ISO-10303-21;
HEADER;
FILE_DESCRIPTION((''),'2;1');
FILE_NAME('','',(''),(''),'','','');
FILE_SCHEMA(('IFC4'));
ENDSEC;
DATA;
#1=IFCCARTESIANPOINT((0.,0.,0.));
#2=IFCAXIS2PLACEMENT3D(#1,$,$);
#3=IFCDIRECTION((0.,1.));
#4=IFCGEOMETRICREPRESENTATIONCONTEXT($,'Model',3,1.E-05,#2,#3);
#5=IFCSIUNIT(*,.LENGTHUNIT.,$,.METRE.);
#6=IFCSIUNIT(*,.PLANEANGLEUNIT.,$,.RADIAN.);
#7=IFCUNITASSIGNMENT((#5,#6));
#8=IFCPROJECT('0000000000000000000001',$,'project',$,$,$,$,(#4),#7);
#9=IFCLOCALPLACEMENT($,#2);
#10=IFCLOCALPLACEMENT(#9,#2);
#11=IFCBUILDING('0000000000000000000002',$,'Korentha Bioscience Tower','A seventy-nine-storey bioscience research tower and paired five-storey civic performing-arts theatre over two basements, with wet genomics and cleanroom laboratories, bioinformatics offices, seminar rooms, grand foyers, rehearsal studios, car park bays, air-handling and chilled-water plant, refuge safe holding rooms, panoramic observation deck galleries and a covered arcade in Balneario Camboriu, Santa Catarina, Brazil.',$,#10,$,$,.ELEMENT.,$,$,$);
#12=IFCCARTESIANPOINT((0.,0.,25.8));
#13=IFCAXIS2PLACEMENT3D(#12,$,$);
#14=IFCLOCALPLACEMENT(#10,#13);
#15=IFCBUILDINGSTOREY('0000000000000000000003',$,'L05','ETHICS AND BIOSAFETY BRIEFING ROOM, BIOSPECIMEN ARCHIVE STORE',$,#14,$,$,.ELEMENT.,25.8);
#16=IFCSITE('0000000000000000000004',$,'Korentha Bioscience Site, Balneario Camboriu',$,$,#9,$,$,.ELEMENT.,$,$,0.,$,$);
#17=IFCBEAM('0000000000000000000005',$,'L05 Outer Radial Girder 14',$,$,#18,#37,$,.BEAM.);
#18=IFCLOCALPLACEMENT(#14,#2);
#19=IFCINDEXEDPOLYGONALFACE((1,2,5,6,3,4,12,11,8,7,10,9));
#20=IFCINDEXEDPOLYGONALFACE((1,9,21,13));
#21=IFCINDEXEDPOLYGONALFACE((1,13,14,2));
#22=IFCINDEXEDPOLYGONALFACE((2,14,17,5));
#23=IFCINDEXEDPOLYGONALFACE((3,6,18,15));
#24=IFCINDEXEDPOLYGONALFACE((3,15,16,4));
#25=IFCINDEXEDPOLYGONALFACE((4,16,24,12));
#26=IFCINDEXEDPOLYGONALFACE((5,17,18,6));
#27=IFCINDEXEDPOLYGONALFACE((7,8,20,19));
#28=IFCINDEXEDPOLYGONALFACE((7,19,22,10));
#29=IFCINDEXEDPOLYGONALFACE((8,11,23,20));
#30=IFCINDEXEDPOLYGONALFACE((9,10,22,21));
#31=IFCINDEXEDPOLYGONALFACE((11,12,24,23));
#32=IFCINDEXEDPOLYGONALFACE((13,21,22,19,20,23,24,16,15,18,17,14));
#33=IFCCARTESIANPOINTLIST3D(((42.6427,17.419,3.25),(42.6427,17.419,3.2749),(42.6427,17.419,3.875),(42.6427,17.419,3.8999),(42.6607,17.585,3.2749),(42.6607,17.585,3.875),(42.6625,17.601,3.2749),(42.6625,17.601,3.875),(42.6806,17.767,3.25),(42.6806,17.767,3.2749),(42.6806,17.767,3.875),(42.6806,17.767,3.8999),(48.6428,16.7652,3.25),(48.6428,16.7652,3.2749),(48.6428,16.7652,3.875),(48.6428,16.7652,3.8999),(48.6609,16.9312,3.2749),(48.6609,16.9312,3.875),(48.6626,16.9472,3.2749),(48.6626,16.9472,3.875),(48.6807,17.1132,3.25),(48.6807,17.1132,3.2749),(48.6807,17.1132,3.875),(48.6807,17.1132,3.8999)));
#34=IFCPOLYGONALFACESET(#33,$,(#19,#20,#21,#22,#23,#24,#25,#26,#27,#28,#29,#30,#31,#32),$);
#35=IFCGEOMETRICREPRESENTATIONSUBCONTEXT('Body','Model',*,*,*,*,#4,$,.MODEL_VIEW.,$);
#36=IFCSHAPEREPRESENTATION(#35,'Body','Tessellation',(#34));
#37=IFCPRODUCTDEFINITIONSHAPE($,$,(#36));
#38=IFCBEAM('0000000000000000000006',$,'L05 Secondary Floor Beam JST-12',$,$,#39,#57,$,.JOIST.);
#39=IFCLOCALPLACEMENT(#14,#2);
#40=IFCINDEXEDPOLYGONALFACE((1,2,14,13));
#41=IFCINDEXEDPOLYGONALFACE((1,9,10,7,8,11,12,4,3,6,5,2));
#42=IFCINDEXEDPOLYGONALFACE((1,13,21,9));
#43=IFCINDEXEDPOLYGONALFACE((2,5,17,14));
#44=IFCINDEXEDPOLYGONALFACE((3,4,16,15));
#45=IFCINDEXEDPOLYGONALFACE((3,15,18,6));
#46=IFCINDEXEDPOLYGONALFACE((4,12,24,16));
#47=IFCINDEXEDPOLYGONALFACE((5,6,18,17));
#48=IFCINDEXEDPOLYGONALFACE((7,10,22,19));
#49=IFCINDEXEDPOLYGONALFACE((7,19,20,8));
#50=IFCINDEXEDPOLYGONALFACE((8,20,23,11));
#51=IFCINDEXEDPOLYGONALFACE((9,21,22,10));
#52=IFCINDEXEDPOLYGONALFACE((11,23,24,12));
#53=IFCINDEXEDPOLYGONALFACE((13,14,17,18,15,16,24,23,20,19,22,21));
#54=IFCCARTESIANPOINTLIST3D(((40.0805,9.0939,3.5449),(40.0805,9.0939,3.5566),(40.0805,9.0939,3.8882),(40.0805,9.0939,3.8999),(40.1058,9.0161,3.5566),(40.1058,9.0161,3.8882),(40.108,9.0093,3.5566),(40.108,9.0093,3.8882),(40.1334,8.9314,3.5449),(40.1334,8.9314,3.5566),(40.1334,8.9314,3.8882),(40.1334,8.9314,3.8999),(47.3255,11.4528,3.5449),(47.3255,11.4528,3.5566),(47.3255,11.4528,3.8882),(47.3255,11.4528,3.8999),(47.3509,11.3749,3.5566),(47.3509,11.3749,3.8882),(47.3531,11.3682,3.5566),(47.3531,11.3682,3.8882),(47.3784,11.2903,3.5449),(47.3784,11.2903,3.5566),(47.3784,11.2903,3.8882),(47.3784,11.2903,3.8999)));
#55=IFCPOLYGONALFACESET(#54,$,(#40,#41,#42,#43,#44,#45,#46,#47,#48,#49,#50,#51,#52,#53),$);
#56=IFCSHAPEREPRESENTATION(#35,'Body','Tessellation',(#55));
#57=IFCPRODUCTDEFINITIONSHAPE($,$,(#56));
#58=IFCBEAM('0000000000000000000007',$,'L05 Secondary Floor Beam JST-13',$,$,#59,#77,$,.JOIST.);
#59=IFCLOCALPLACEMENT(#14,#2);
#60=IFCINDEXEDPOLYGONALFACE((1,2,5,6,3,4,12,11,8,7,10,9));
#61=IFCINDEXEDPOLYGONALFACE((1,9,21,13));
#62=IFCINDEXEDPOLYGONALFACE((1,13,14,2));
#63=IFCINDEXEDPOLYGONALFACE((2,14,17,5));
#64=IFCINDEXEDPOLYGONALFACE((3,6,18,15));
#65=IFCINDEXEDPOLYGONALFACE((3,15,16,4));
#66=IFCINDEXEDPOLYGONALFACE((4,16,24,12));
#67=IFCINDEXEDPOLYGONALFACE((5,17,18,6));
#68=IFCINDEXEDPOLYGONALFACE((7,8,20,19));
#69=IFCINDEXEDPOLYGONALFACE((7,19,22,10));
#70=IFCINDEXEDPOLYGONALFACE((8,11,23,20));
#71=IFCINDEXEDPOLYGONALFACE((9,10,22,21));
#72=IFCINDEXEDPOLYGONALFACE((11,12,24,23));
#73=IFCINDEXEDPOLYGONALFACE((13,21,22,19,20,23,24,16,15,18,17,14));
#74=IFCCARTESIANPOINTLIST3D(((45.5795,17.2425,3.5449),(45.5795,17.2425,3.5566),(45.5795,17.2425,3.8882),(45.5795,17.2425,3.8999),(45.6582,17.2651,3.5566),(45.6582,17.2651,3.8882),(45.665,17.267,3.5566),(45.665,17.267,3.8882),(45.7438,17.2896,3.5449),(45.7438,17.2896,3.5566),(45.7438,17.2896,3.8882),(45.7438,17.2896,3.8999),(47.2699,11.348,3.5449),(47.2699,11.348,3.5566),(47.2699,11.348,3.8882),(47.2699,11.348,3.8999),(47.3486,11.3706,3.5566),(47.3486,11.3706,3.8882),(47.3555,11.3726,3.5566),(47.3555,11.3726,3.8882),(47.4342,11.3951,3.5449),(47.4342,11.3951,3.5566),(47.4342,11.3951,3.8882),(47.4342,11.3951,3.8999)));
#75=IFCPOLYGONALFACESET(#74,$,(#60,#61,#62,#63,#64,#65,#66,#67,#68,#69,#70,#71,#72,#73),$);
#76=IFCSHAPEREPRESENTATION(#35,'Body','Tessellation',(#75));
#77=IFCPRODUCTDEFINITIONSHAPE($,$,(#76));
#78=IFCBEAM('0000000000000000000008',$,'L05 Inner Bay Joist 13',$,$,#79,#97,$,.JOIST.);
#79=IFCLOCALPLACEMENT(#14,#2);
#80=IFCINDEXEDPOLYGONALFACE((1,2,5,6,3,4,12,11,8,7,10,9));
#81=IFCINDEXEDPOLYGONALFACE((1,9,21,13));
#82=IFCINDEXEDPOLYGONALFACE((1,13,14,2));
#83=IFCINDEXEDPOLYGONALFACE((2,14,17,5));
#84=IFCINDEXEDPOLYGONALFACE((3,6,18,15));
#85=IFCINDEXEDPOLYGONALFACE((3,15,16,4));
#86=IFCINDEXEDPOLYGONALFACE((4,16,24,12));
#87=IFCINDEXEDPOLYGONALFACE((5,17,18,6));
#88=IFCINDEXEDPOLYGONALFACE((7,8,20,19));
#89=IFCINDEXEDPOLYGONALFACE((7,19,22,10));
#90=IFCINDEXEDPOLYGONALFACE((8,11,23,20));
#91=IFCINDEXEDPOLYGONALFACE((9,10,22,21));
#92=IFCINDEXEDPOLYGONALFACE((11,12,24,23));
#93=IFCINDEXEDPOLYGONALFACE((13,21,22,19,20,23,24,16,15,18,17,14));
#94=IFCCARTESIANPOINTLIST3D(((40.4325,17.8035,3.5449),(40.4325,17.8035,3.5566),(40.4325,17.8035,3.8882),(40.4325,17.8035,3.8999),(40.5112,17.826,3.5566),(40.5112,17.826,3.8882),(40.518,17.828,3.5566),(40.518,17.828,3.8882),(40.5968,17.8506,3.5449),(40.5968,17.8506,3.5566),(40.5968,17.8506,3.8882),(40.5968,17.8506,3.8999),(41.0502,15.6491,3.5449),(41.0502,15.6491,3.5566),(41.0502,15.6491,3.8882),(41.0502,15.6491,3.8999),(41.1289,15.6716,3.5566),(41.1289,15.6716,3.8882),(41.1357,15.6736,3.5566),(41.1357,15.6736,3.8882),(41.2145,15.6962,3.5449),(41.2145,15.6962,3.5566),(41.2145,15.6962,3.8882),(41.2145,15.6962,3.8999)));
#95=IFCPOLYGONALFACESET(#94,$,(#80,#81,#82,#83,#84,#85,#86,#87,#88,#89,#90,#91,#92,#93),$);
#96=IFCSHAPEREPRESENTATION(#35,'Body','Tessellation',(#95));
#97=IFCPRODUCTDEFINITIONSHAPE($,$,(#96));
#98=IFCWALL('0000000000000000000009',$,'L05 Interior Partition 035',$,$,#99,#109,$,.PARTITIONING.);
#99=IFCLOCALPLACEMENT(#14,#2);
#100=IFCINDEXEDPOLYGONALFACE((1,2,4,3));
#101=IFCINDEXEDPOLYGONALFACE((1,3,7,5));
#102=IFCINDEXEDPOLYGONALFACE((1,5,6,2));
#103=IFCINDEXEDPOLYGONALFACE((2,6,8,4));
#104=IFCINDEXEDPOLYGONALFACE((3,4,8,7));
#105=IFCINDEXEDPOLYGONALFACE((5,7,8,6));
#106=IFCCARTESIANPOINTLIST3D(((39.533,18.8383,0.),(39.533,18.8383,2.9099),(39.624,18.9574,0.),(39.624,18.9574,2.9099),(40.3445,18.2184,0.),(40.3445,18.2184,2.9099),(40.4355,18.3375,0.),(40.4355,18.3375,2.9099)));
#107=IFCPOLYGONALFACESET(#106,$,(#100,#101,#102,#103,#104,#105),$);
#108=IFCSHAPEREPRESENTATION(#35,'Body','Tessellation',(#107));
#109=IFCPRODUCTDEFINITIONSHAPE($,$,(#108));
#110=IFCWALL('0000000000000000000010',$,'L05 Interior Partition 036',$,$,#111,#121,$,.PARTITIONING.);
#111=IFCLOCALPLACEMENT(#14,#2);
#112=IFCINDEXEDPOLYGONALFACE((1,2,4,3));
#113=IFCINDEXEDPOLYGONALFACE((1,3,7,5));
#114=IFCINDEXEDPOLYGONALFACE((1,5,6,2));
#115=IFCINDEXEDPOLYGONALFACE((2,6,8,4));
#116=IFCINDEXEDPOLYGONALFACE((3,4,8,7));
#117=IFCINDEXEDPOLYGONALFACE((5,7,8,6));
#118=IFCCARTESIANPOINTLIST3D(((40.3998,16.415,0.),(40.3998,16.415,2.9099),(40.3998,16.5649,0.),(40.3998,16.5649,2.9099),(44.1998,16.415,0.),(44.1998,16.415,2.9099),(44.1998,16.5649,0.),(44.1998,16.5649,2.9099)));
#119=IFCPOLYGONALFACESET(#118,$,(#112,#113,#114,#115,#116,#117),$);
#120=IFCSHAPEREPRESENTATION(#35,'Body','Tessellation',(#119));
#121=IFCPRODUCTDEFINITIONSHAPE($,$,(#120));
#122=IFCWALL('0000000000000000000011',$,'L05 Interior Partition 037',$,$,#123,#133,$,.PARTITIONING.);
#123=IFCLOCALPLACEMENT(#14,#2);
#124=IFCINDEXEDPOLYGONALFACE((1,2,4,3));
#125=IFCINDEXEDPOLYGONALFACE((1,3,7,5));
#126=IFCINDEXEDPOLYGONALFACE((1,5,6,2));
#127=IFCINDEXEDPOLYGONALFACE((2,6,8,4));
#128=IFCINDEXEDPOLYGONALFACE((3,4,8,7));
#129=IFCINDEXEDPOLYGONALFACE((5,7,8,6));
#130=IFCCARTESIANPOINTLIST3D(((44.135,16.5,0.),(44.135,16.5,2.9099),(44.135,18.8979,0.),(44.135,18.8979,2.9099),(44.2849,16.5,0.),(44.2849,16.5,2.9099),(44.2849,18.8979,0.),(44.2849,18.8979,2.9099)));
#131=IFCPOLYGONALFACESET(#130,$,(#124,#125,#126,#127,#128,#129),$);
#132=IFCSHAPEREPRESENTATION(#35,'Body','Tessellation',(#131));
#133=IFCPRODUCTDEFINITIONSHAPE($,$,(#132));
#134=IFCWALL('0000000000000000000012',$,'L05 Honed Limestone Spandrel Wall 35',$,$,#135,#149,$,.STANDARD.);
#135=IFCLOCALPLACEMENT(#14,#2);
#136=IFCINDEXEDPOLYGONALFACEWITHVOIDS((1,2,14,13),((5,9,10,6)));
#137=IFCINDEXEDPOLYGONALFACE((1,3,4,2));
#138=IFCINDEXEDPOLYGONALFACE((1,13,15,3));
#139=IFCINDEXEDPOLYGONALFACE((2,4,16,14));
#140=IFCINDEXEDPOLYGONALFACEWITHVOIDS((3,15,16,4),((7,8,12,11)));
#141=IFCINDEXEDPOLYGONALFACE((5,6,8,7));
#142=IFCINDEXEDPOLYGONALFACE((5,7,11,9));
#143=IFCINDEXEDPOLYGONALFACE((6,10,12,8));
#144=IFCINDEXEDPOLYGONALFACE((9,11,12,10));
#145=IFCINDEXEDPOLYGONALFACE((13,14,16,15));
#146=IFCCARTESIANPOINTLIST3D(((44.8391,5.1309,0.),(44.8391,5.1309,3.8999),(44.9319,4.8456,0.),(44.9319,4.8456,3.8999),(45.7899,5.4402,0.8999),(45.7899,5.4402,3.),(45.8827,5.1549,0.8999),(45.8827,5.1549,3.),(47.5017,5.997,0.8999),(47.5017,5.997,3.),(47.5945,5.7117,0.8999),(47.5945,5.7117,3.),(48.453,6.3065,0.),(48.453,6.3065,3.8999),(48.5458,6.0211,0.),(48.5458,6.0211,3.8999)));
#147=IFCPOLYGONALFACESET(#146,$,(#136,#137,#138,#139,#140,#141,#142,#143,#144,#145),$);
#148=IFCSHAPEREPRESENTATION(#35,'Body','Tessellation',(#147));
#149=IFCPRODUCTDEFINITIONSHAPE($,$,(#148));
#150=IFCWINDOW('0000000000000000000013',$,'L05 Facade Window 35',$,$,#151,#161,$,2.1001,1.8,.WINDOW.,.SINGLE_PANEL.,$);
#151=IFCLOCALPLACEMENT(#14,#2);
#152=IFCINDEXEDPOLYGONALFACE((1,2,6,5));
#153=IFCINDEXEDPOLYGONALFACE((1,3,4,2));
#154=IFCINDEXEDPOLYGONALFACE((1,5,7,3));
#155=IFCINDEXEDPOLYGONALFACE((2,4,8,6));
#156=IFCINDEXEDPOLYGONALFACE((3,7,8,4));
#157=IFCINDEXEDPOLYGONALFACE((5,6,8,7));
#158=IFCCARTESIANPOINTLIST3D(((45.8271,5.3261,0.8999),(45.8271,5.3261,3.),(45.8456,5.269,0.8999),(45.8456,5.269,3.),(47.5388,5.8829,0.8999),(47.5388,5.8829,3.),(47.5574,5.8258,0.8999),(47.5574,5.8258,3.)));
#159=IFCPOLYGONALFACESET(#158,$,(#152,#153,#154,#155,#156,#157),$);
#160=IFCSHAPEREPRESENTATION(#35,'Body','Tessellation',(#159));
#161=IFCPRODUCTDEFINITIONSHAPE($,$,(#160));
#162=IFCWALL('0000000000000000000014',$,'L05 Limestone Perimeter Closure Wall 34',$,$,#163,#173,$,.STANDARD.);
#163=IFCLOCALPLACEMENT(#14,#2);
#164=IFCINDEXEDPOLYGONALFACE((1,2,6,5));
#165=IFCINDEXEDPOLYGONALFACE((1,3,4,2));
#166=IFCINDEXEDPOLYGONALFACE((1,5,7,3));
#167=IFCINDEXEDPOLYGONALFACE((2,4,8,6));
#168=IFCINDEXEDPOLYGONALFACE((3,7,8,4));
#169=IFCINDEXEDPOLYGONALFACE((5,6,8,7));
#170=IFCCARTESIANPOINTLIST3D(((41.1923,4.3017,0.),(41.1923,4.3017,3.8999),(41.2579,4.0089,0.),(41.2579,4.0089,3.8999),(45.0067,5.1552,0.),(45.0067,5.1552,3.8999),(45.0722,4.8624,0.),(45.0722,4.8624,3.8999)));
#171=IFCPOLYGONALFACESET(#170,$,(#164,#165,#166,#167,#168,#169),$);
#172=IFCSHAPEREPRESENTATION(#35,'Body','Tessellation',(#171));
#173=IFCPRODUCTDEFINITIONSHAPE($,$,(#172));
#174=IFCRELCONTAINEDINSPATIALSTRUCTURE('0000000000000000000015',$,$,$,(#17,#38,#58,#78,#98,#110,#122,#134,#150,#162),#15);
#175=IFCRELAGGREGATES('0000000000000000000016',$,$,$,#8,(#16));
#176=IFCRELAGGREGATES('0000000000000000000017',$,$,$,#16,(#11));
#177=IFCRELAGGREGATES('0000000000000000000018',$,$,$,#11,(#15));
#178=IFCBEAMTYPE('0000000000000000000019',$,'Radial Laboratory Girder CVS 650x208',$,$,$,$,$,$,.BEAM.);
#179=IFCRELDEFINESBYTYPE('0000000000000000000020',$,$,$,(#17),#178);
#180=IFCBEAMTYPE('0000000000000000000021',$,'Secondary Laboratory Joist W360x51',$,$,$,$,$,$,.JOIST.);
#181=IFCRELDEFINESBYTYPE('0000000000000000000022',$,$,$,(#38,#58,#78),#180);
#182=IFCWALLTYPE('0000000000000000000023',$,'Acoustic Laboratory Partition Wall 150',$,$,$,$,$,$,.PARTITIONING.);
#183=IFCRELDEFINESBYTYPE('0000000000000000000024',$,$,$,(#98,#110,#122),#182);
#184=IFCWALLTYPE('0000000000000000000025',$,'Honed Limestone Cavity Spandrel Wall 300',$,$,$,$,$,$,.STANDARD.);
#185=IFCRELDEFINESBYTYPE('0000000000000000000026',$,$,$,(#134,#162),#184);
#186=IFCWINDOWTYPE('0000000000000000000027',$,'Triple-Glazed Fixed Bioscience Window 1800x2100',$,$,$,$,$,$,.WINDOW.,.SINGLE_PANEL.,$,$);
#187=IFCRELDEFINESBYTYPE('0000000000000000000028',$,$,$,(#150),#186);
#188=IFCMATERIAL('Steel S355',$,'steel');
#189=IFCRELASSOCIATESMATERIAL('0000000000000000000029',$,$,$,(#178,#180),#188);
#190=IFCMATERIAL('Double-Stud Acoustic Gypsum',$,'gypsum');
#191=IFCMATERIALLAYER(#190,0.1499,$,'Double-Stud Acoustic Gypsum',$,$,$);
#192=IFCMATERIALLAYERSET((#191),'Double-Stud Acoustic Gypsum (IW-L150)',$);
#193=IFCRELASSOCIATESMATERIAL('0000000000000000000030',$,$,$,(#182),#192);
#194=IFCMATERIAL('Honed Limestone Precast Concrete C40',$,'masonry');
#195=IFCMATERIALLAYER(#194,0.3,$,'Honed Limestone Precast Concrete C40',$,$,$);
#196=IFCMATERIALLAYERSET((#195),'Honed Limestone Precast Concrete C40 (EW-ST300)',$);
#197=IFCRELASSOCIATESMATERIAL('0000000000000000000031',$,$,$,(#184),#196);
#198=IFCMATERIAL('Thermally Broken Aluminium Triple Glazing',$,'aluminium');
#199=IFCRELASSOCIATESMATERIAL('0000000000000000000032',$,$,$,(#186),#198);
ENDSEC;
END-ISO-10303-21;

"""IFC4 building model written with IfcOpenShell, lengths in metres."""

from ifc_helpers import new_model, si_unit, direction, frame, frame_2d, origin, origin_2d, place, context, subcontext, project, spatial, rectangle, i_section, extrude, material, layer, layer_set, material_profile, profile_set, type_object, element, fill, save


model = new_model("IFC4")

# Units and contexts
model_context = context("Model", 3, precision=1e-05, world=origin(), true_north=direction((0.0, 1.0)))
body_context = subcontext(model_context, "Body", "Model", "MODEL_VIEW")
ifc_project = project(units=[si_unit("LENGTHUNIT", "METRE"), si_unit("PLANEANGLEUNIT", "RADIAN")], contexts=[model_context])

# Site, building, storey
site_placement = place(None, origin())
site = spatial("IfcSite", under=ifc_project, at=site_placement, Name="Korentha Bioscience Site, Balneario Camboriu", CompositionType="ELEMENT", RefElevation=0.0)
building_placement = place(site_placement, origin())
building = spatial("IfcBuilding", under=site, at=building_placement, Name="Korentha Bioscience Tower", Description="A seventy-nine-storey bioscience research tower and paired five-storey civic performing-arts theatre over two basements, with wet genomics and cleanroom laboratories, bioinformatics offices, seminar rooms, grand foyers, rehearsal studios, car park bays, air-handling and chilled-water plant, refuge safe holding rooms, panoramic observation deck galleries and a covered arcade in Balneario Camboriu, Santa Catarina, Brazil.", CompositionType="ELEMENT")
storey_placement = place(building_placement, frame((0.0, 0.0, 25.8)))
storey = spatial("IfcBuildingStorey", under=building, at=storey_placement, Name="L05", Description="ETHICS AND BIOSAFETY BRIEFING ROOM, BIOSPECIMEN ARCHIVE STORE", CompositionType="ELEMENT", Elevation=25.8)

# Beams
ifc_material_1 = material(Name="Steel S355", Category="steel")
ifc_material_profile_1 = material_profile(ifc_material_1, i_section(OverallWidth=0.3501, OverallDepth=0.6499, WebThickness=0.0161, FlangeThickness=0.0249, at=origin_2d()), Name="Steel S355")
ifc_profile_set_1 = profile_set([ifc_material_profile_1], Name="Steel S355 (RB-650)")
beam_type_1 = type_object("IfcBeamType", Name="Radial Laboratory Girder CVS 650x208", PredefinedType="BEAM", material=ifc_profile_set_1)
beam_1_placement = place(storey_placement, frame((42.6616, 17.593, 3.575), z_axis=(0.994116, -0.108323, 0.0), x_axis=(0.108323, 0.994116, 0.0)))
element("IfcBeam", 1, at=beam_1_placement, inside=storey, type_object=beam_type_1, Name="L05 Outer Radial Girder 14", PredefinedType="BEAM", context=body_context, shape_type="SweptSolid", body=[
    extrude(i_section(OverallWidth=0.3501, OverallDepth=0.6499, WebThickness=0.0161, FlangeThickness=0.0249, at=origin_2d()), origin(), (0.0, 0.0, 1.0), 6.0356),
])
ifc_material_profile_2 = material_profile(ifc_material_1, i_section(OverallWidth=0.1709, OverallDepth=0.355, WebThickness=0.0071, FlangeThickness=0.0117, at=origin_2d()), Name="Steel S355")
ifc_profile_set_2 = profile_set([ifc_material_profile_2], Name="Steel S355 (JB-360)")
beam_type_2 = type_object("IfcBeamType", Name="Secondary Laboratory Joist W360x51", PredefinedType="JOIST", material=ifc_profile_set_2)
beam_2_placement = place(storey_placement, frame((40.1069, 9.0127, 3.7224), z_axis=(0.950871, 0.309587, 0.0), x_axis=(-0.309587, 0.950871, 0.0)))
element("IfcBeam", 2, at=beam_2_placement, inside=storey, type_object=beam_type_2, Name="L05 Secondary Floor Beam JST-12", PredefinedType="JOIST", context=body_context, shape_type="SweptSolid", body=[
    extrude(i_section(OverallWidth=0.1709, OverallDepth=0.355, WebThickness=0.0071, FlangeThickness=0.0117, at=origin_2d()), origin(), (0.0, 0.0, 1.0), 7.6194),
])
beam_3_placement = place(storey_placement, frame((47.3521, 11.3716, 3.7224), z_axis=(-0.275668, 0.961253, 0.0), x_axis=(-0.961253, -0.275668, 0.0)))
element("IfcBeam", 3, at=beam_3_placement, inside=storey, type_object=beam_type_2, Name="L05 Secondary Floor Beam JST-13", PredefinedType="JOIST", context=body_context, shape_type="SweptSolid", body=[
    extrude(i_section(OverallWidth=0.1709, OverallDepth=0.355, WebThickness=0.0071, FlangeThickness=0.0117, at=origin_2d()), origin(), (0.0, 0.0, 1.0), 6.1321),
])
beam_4_placement = place(storey_placement, frame((41.1323, 15.6726, 3.7224), z_axis=(-0.275613, 0.961269, 0.0), x_axis=(-0.961269, -0.275613, 0.0)))
element("IfcBeam", 4, at=beam_4_placement, inside=storey, type_object=beam_type_2, Name="L05 Inner Bay Joist 13", PredefinedType="JOIST", context=body_context, shape_type="SweptSolid", body=[
    extrude(i_section(OverallWidth=0.1709, OverallDepth=0.355, WebThickness=0.0071, FlangeThickness=0.0117, at=origin_2d()), origin(), (0.0, 0.0, 1.0), 2.2412),
])

# Shared definitions
ifc_material_2 = material(Name="Double-Stud Acoustic Gypsum", Category="gypsum")
ifc_layer_1 = layer(ifc_material_2, 0.1499, Name="Double-Stud Acoustic Gypsum")
ifc_layer_set_1 = layer_set([ifc_layer_1], Name="Double-Stud Acoustic Gypsum (IW-L150)")
wall_type_1 = type_object("IfcWallType", Name="Acoustic Laboratory Partition Wall 150", PredefinedType="PARTITIONING", material=ifc_layer_set_1)

# Walls
wall_1_placement = place(storey_placement, frame((39.5784, 18.8979, 0.0), z_axis=(0.0, 0.0, 1.0), x_axis=(0.79469, -0.607015, 0.0)))
element("IfcWall", 5, at=wall_1_placement, inside=storey, type_object=wall_type_1, Name="L05 Interior Partition 035", PredefinedType="PARTITIONING", context=body_context, shape_type="SweptSolid", body=[
    extrude(rectangle(XDim=1.0212, YDim=0.1499, at=frame_2d((0.5107, 0.0))), origin(), (0.0, 0.0, 1.0), 2.9099),
])
wall_2_placement = place(storey_placement, frame((40.3999, 16.49, 0.0), z_axis=(0.0, 0.0, 1.0), x_axis=(1.0, 0.0, 0.0)))
element("IfcWall", 6, at=wall_2_placement, inside=storey, type_object=wall_type_1, Name="L05 Interior Partition 036", PredefinedType="PARTITIONING", context=body_context, shape_type="SweptSolid", body=[
    extrude(rectangle(XDim=3.8, YDim=0.1499, at=frame_2d((1.8999, 0.0))), origin(), (0.0, 0.0, 1.0), 2.9099),
])
wall_3_placement = place(storey_placement, frame((44.21, 16.5, 0.0), z_axis=(0.0, 0.0, 1.0), x_axis=(0.0, 1.0, 0.0)))
element("IfcWall", 7, at=wall_3_placement, inside=storey, type_object=wall_type_1, Name="L05 Interior Partition 037", PredefinedType="PARTITIONING", context=body_context, shape_type="SweptSolid", body=[
    extrude(rectangle(XDim=2.3979, YDim=0.1499, at=frame_2d((1.199, 0.0))), origin(), (0.0, 0.0, 1.0), 2.9099),
])

# Wall, opening, window
ifc_material_3 = material(Name="Honed Limestone Precast Concrete C40", Category="masonry")
ifc_layer_2 = layer(ifc_material_3, 0.3, Name="Honed Limestone Precast Concrete C40")
ifc_layer_set_2 = layer_set([ifc_layer_2], Name="Honed Limestone Precast Concrete C40 (EW-ST300)")
wall_type_2 = type_object("IfcWallType", Name="Honed Limestone Cavity Spandrel Wall 300", PredefinedType="STANDARD", material=ifc_layer_set_2)
wall_4_placement = place(storey_placement, frame((44.8855, 4.9883, 0.0), z_axis=(0.0, 0.0, 1.0), x_axis=(0.950958, 0.30932, 0.0)))
wall_4 = element("IfcWall", 8, at=wall_4_placement, inside=storey, type_object=wall_type_2, Name="L05 Honed Limestone Spandrel Wall 35", PredefinedType="STANDARD", context=body_context, shape_type="SweptSolid", body=[
    extrude(rectangle(XDim=3.8003, YDim=0.3, at=frame_2d((1.9001, 0.0))), origin(), (0.0, 0.0, 1.0), 3.8999),
])
opening_1_placement = place(wall_4_placement, frame((1.0, 0.0, 0.8999)))
opening_1 = element("IfcOpeningElement", 9, at=opening_1_placement, cuts=wall_4, PredefinedType="OPENING", context=body_context, shape_type="SweptSolid", body=[
    extrude(rectangle(XDim=1.8, YDim=2.1001, at=frame_2d((0.8999, 1.05))), frame((0.0, 0.165, 0.0), z_axis=(0.0, -1.0, 0.0), x_axis=(1.0, 0.0, 0.0)), (0.0, 0.0, 1.0), 0.3298),
])
ifc_material_4 = material(Name="Thermally Broken Aluminium Triple Glazing", Category="aluminium")
window_type = type_object("IfcWindowType", Name="Triple-Glazed Fixed Bioscience Window 1800x2100", PartitioningType="SINGLE_PANEL", PredefinedType="WINDOW", material=ifc_material_4)
window_placement = place(opening_1_placement, origin())
window = element("IfcWindow", 10, at=window_placement, inside=storey, type_object=window_type, Name="L05 Facade Window 35", OverallHeight=2.1001, OverallWidth=1.8, PartitioningType="SINGLE_PANEL", PredefinedType="WINDOW", context=body_context, shape_type="SweptSolid", body=[
    extrude(rectangle(XDim=1.8, YDim=2.1001, at=frame_2d((0.8999, 1.05))), frame((0.0, 0.03, 0.0), z_axis=(0.0, -1.0, 0.0), x_axis=(1.0, 0.0, 0.0)), (0.0, 0.0, 1.0), 0.0601),
])
fill(opening_1, window)

# Wall
wall_5_placement = place(storey_placement, frame((41.2251, 4.1553, 0.0), z_axis=(0.0, 0.0, 1.0), x_axis=(0.975869, 0.218359, 0.0)))
element("IfcWall", 11, at=wall_5_placement, inside=storey, type_object=wall_type_2, Name="L05 Limestone Perimeter Closure Wall 34", PredefinedType="STANDARD", context=body_context, shape_type="SweptSolid", body=[
    extrude(rectangle(XDim=3.9087, YDim=0.3, at=frame_2d((1.9543, 0.0))), origin(), (0.0, 0.0, 1.0), 3.8999),
])

save(model, "model.ifc")
